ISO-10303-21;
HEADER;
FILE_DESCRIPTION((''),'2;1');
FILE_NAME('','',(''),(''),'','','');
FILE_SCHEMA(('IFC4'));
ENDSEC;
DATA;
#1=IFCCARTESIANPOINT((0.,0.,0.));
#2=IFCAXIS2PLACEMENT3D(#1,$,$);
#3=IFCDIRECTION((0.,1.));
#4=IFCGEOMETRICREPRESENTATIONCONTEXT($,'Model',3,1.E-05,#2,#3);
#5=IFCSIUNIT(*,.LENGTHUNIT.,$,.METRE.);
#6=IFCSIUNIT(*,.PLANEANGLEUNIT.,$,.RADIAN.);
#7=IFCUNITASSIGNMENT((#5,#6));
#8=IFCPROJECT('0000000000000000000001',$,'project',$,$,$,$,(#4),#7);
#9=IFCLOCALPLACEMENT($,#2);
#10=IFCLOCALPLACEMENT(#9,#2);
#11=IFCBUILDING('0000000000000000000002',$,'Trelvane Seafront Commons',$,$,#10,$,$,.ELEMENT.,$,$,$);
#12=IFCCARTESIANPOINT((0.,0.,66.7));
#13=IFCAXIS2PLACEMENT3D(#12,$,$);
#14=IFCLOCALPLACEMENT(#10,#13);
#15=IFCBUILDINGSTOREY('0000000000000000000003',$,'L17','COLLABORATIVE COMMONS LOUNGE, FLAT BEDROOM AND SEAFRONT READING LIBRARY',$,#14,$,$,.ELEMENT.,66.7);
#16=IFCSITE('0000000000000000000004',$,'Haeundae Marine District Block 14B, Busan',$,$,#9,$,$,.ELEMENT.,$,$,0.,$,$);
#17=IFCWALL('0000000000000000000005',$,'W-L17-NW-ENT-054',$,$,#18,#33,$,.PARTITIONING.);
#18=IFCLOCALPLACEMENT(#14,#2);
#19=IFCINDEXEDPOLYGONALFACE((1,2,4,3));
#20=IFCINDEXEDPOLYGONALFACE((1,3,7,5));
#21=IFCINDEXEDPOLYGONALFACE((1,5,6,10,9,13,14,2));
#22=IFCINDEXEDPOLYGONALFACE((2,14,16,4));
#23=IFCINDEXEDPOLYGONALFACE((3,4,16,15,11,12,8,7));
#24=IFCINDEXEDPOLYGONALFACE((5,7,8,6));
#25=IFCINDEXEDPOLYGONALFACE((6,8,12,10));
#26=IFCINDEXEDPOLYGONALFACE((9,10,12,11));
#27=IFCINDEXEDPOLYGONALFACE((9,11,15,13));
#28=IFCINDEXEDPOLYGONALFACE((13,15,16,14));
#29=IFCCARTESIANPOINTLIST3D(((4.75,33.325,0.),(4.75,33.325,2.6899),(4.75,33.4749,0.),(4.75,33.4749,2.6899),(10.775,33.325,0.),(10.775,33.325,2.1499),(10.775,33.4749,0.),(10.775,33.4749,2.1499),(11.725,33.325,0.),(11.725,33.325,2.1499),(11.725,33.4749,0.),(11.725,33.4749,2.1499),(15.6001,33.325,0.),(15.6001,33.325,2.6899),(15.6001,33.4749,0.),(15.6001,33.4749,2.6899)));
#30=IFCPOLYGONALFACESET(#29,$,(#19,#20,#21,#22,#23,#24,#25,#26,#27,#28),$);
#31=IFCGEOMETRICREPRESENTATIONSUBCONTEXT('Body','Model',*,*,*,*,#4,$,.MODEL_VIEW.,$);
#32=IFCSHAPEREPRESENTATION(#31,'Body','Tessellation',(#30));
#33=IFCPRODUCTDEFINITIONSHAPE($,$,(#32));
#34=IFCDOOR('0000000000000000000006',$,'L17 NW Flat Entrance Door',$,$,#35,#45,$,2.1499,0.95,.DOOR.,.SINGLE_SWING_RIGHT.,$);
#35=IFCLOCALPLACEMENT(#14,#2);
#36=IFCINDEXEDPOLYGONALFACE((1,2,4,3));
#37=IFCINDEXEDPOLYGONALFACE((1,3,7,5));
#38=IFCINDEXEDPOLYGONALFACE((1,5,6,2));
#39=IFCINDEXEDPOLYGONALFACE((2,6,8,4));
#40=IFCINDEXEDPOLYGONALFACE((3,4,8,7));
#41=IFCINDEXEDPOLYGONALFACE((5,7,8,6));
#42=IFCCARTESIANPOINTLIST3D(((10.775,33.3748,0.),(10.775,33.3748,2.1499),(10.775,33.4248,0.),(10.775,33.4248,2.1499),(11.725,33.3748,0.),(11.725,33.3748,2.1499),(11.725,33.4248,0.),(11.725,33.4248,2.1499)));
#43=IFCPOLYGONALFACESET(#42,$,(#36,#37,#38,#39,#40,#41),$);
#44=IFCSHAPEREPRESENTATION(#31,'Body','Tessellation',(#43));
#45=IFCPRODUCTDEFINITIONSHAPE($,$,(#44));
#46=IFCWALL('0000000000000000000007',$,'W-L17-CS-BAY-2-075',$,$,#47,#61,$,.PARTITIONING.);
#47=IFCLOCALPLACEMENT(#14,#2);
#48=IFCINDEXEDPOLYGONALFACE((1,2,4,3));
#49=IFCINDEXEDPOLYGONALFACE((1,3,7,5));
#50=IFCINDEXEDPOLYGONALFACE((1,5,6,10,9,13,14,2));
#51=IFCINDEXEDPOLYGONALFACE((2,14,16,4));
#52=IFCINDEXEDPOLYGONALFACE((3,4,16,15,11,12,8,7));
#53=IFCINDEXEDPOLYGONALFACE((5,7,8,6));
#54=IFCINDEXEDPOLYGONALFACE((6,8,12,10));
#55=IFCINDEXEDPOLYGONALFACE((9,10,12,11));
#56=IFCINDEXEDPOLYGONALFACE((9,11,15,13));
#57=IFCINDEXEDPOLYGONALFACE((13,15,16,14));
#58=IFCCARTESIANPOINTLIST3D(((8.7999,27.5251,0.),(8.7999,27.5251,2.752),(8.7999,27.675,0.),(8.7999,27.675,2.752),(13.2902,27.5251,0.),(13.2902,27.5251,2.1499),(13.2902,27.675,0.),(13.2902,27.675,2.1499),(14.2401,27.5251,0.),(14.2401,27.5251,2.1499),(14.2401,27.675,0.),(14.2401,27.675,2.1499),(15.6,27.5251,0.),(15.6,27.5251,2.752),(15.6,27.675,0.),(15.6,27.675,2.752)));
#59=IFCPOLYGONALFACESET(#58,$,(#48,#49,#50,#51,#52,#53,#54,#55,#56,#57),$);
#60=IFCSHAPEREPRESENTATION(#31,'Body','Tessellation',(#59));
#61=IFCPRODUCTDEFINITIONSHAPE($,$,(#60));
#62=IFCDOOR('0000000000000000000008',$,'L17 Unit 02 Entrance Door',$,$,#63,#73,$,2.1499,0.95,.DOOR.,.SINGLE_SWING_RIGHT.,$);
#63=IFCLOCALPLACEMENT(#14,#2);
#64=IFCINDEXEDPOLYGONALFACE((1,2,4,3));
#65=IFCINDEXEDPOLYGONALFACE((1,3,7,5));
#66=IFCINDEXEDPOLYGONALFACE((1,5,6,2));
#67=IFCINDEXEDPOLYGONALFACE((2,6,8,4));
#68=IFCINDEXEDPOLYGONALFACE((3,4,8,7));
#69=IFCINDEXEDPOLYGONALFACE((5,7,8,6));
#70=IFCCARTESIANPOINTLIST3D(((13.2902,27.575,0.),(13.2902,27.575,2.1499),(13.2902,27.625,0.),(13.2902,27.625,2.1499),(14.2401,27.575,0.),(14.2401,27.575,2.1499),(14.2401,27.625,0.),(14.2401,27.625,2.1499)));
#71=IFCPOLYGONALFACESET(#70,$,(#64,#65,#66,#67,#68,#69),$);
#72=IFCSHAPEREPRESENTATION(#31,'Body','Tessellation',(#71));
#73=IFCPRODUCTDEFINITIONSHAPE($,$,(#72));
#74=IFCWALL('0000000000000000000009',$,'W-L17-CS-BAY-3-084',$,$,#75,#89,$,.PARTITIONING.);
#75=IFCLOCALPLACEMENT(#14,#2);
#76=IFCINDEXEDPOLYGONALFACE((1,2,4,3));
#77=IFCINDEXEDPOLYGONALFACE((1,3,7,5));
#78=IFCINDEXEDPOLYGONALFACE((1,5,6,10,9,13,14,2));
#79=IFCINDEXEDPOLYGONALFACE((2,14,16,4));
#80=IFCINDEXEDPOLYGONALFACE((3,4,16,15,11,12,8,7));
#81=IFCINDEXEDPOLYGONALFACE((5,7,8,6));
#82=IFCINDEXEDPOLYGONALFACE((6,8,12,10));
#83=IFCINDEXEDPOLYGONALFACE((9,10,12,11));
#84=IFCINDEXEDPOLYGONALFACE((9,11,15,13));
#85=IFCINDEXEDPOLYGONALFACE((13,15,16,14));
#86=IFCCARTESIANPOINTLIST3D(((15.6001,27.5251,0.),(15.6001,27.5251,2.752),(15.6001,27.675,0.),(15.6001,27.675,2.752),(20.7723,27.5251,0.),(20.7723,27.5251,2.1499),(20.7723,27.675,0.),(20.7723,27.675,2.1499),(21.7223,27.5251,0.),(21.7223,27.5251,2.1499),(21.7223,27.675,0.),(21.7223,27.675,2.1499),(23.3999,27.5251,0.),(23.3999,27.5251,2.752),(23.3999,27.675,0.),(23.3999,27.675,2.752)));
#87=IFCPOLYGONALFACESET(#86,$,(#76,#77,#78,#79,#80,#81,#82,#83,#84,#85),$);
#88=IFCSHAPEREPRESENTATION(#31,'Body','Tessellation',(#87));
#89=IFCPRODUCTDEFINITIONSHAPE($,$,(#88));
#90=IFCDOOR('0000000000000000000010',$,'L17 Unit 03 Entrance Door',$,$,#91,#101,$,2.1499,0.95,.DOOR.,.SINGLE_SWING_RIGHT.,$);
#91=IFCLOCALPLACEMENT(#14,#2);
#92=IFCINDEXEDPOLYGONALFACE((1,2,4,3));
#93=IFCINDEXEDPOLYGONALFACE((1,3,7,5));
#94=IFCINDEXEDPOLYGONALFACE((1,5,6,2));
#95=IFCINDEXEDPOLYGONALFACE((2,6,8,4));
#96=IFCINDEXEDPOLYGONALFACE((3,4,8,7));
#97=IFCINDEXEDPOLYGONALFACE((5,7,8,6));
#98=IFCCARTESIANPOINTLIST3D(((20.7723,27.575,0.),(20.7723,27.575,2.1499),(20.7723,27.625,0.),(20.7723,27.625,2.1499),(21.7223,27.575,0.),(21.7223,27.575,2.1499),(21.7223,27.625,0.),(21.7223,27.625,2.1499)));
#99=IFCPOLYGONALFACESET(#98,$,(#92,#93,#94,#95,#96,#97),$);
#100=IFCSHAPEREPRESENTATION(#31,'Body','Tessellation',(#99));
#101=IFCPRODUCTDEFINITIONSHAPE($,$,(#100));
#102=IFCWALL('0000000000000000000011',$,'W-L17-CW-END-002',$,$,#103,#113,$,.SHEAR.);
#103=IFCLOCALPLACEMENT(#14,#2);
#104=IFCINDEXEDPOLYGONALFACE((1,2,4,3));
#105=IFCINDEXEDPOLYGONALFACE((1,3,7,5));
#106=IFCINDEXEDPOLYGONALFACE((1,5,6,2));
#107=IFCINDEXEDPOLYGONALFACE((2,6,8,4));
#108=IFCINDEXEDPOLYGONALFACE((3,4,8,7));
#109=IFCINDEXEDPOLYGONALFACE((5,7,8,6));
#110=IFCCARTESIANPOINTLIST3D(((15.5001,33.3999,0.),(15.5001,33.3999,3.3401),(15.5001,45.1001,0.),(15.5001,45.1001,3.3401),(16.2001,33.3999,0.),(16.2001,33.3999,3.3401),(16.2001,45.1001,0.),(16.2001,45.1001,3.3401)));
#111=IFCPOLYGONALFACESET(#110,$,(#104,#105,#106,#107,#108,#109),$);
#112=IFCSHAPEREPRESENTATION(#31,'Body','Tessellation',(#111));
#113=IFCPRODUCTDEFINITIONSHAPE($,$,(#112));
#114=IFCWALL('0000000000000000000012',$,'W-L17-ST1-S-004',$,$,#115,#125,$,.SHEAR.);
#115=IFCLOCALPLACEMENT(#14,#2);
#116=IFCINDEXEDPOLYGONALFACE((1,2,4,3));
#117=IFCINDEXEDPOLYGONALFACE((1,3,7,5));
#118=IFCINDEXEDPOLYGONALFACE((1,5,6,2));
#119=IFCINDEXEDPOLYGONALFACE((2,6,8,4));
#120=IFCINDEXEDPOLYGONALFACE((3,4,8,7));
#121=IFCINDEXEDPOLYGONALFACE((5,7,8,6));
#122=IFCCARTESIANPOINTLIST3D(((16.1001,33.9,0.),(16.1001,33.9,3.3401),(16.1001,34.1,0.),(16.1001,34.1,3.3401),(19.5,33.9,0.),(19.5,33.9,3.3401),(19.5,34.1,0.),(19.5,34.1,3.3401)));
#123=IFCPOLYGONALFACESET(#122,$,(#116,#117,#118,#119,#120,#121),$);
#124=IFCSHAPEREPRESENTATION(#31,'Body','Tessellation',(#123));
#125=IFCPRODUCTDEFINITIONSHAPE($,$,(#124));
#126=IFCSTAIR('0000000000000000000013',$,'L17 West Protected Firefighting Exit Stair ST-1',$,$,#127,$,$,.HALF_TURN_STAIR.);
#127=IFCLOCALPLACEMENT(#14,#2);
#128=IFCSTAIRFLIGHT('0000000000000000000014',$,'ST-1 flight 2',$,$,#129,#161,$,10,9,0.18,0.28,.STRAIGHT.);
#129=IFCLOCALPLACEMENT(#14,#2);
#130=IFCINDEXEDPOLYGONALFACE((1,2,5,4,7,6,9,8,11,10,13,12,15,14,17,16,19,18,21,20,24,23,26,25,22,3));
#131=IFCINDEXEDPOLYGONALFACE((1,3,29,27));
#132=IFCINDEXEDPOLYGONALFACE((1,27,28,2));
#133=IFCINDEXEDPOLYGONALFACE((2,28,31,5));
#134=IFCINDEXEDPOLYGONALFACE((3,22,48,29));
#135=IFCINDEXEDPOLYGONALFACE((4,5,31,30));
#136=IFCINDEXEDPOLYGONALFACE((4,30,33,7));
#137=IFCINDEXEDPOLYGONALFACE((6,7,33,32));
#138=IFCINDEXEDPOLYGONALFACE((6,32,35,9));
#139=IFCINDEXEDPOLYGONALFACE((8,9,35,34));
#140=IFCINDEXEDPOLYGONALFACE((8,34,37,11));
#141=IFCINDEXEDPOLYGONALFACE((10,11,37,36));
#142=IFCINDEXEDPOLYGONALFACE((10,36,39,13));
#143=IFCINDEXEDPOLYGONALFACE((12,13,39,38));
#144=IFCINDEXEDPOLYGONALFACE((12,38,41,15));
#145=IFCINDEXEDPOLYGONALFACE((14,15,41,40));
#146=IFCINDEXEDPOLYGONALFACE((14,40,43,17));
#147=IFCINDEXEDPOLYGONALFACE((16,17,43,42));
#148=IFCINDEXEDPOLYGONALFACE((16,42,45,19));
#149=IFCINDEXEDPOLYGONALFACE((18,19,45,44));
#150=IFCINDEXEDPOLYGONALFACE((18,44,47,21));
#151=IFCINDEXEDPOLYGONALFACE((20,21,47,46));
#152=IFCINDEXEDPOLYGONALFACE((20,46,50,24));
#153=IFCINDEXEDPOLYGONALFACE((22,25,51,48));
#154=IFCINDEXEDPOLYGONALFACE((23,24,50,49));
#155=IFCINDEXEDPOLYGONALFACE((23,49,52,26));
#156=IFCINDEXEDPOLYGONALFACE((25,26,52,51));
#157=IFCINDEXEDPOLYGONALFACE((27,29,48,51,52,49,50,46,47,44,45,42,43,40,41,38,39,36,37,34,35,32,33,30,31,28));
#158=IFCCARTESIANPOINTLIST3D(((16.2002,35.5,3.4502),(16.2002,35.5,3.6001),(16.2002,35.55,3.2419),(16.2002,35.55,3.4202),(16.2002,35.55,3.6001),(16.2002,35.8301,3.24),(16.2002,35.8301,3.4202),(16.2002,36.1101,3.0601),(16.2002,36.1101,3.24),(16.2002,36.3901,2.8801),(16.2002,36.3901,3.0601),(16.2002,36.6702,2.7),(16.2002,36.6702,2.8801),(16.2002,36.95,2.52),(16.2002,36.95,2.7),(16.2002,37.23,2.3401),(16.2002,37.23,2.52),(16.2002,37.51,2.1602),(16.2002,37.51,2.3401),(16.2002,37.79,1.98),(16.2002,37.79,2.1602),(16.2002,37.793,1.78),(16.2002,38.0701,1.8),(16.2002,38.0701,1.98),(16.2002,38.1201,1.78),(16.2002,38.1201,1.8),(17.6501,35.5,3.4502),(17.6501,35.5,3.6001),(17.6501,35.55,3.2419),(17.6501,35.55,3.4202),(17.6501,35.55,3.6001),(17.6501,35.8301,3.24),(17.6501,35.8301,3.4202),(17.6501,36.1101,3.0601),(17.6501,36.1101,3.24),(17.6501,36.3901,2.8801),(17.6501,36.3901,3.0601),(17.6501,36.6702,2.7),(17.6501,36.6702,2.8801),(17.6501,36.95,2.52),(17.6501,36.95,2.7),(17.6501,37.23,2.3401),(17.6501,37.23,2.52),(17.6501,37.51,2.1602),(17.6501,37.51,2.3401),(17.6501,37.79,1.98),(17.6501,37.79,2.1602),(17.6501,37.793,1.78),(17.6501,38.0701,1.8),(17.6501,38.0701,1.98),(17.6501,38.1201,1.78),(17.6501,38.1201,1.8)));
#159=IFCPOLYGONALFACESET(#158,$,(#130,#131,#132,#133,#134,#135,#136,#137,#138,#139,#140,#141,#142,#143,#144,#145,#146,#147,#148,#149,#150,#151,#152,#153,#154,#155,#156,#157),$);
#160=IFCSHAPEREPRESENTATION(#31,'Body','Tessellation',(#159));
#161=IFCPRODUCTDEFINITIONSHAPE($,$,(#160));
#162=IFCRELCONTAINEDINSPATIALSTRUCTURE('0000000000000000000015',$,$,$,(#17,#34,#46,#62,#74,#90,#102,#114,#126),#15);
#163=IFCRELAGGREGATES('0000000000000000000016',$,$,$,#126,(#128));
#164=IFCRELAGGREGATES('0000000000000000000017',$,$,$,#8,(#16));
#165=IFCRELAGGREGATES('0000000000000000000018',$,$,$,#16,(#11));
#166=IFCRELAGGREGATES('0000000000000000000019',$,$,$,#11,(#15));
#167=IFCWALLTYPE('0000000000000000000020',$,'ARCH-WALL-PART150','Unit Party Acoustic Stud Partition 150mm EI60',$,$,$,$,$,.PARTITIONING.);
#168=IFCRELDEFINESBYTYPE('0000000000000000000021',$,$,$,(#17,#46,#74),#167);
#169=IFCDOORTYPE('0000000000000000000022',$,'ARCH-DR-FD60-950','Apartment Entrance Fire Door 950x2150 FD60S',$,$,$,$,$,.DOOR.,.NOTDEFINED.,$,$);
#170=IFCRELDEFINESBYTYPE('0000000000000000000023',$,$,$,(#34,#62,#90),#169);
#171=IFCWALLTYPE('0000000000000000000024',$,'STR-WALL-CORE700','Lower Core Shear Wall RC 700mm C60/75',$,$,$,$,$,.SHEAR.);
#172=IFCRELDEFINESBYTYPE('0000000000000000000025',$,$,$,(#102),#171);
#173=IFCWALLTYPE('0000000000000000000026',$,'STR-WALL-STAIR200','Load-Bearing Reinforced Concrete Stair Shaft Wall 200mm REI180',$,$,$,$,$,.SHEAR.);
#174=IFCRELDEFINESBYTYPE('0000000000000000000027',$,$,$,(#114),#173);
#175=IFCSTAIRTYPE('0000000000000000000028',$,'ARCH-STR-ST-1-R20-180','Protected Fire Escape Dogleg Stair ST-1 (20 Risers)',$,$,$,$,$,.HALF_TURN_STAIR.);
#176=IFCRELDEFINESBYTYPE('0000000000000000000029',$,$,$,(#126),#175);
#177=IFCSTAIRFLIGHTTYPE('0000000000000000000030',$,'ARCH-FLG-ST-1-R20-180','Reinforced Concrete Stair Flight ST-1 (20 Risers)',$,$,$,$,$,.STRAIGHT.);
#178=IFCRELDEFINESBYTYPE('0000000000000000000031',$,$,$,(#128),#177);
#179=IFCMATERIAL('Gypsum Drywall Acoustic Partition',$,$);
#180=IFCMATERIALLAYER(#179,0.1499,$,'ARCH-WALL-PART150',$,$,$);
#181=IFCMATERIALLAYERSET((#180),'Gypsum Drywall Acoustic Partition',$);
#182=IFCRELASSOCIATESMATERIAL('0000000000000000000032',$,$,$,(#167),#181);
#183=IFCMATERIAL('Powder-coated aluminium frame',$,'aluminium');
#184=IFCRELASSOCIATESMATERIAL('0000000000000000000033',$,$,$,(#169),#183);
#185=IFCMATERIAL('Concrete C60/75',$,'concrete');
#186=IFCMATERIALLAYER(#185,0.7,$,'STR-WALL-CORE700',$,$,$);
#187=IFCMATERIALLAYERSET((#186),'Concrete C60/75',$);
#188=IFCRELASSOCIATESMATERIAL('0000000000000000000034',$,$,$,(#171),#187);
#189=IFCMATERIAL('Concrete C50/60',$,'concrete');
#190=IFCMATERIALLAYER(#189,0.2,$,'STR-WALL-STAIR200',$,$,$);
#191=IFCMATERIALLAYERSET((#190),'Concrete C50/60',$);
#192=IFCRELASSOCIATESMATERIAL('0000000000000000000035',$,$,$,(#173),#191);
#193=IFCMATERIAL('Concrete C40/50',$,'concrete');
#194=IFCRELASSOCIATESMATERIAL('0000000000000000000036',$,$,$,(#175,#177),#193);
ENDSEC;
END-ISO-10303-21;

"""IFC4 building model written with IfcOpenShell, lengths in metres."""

from ifc_helpers import new_model, si_unit, direction, frame, frame_2d, origin, place, context, subcontext, project, spatial, polyline, rectangle, outline, extrude, source, transform, mapped, material, layer, layer_set, type_object, element, fill, aggregate, save


model = new_model("IFC4")

# Units and contexts
model_context = context("Model", 3, precision=1e-05, world=origin(), true_north=direction((0.0, 1.0)))
body_context = subcontext(model_context, "Body", "Model", "MODEL_VIEW")
ifc_project = project(units=[si_unit("LENGTHUNIT", "METRE"), si_unit("PLANEANGLEUNIT", "RADIAN")], contexts=[model_context])

# Site, building, storey
site_placement = place(None, origin())
site = spatial("IfcSite", under=ifc_project, at=site_placement, Name="Haeundae Marine District Block 14B, Busan", CompositionType="ELEMENT", RefElevation=0.0)
building_placement = place(site_placement, origin())
building = spatial("IfcBuilding", under=site, at=building_placement, Name="Trelvane Seafront Commons", CompositionType="ELEMENT")
storey_placement = place(building_placement, frame((0.0, 0.0, 66.7)))
storey = spatial("IfcBuildingStorey", under=building, at=storey_placement, Name="L17", Description="COLLABORATIVE COMMONS LOUNGE, FLAT BEDROOM AND SEAFRONT READING LIBRARY", CompositionType="ELEMENT", Elevation=66.7)

# Shared definitions
ifc_material_1 = material(Name="Concrete C60/75", Category="concrete")

# Shared definitions
ifc_material_2 = material(Name="Gypsum Drywall Acoustic Partition")
shared_shape_1 = source(origin(), body_context, "Body", "SweptSolid", [
    extrude(rectangle(XDim=0.95, YDim=2.1499, at=frame_2d((0.4751, 1.075))), frame((0.0, 0.0249, 0.0), z_axis=(0.0, -1.0, 0.0), x_axis=(1.0, 0.0, 0.0)), (0.0, 0.0, 1.0), 0.05),
])

# Walls, openings, doors
ifc_layer_1 = layer(ifc_material_2, 0.1499, Name="ARCH-WALL-PART150")
ifc_layer_set_1 = layer_set([ifc_layer_1], Name="Gypsum Drywall Acoustic Partition")
wall_type_1 = type_object("IfcWallType", Name="ARCH-WALL-PART150", Description="Unit Party Acoustic Stud Partition 150mm EI60", PredefinedType="PARTITIONING", material=ifc_layer_set_1)
wall_1_placement = place(storey_placement, frame((4.75, 33.3999, 0.0), z_axis=(0.0, 0.0, 1.0), x_axis=(1.0, 0.0, 0.0)))
wall_1 = element("IfcWall", 1, at=wall_1_placement, inside=storey, type_object=wall_type_1, Name="W-L17-NW-ENT-054", PredefinedType="PARTITIONING", context=body_context, shape_type="SweptSolid", body=[
    extrude(rectangle(XDim=10.8501, YDim=0.1499, at=frame_2d((5.425, 0.0))), origin(), (0.0, 0.0, 1.0), 2.6899),
])
opening_1_placement = place(wall_1_placement, frame((6.0249, 0.0, 0.0)))
opening_1 = element("IfcOpeningElement", 2, at=opening_1_placement, cuts=wall_1, PredefinedType="OPENING", context=body_context, shape_type="SweptSolid", body=[
    extrude(rectangle(XDim=0.95, YDim=2.1499, at=frame_2d((0.4751, 1.075))), frame((0.0, 0.085, 0.0), z_axis=(0.0, -1.0, 0.0), x_axis=(1.0, 0.0, 0.0)), (0.0, 0.0, 1.0), 0.1699),
])
ifc_material_3 = material(Name="Powder-coated aluminium frame", Category="aluminium")
door_type_1 = type_object("IfcDoorType", Name="ARCH-DR-FD60-950", Description="Apartment Entrance Fire Door 950x2150 FD60S", OperationType="NOTDEFINED", PredefinedType="DOOR", material=ifc_material_3)
door_1_placement = place(opening_1_placement, origin())
door_1 = element("IfcDoor", 3, at=door_1_placement, inside=storey, type_object=door_type_1, Name="L17 NW Flat Entrance Door", OperationType="SINGLE_SWING_RIGHT", OverallHeight=2.1499, OverallWidth=0.95, PredefinedType="DOOR", context=body_context, shape_type="MappedRepresentation", body=[
    mapped(shared_shape_1, transform((0.0, 0.0, 0.0), x_axis=(1.0, 0.0, 0.0), y_axis=(0.0, 1.0, 0.0), z_axis=(0.0, 0.0, 1.0), scale=1.0)),
])
fill(opening_1, door_1)
wall_2_placement = place(storey_placement, frame((8.8, 27.6001, 0.0), z_axis=(0.0, 0.0, 1.0), x_axis=(1.0, 0.0, 0.0)))
wall_2 = element("IfcWall", 4, at=wall_2_placement, inside=storey, type_object=wall_type_1, Name="W-L17-CS-BAY-2-075", PredefinedType="PARTITIONING", context=body_context, shape_type="SweptSolid", body=[
    extrude(rectangle(XDim=6.8, YDim=0.1499, at=frame_2d((3.3999, 0.0))), origin(), (0.0, 0.0, 1.0), 2.752),
])
opening_2_placement = place(wall_2_placement, frame((4.49, 0.0, 0.0)))
opening_2 = element("IfcOpeningElement", 5, at=opening_2_placement, cuts=wall_2, PredefinedType="OPENING", context=body_context, shape_type="SweptSolid", body=[
    extrude(rectangle(XDim=0.95, YDim=2.1499, at=frame_2d((0.4751, 1.075))), frame((0.0, 0.085, 0.0), z_axis=(0.0, -1.0, 0.0), x_axis=(1.0, 0.0, 0.0)), (0.0, 0.0, 1.0), 0.1699),
])
door_2_placement = place(opening_2_placement, origin())
door_2 = element("IfcDoor", 6, at=door_2_placement, inside=storey, type_object=door_type_1, Name="L17 Unit 02 Entrance Door", OperationType="SINGLE_SWING_RIGHT", OverallHeight=2.1499, OverallWidth=0.95, PredefinedType="DOOR", context=body_context, shape_type="MappedRepresentation", body=[
    mapped(shared_shape_1, transform((0.0, 0.0, 0.0), x_axis=(1.0, 0.0, 0.0), y_axis=(0.0, 1.0, 0.0), z_axis=(0.0, 0.0, 1.0), scale=1.0)),
])
fill(opening_2, door_2)
wall_3_placement = place(storey_placement, frame((15.6001, 27.6001, 0.0), z_axis=(0.0, 0.0, 1.0), x_axis=(1.0, 0.0, 0.0)))
wall_3 = element("IfcWall", 7, at=wall_3_placement, inside=storey, type_object=wall_type_1, Name="W-L17-CS-BAY-3-084", PredefinedType="PARTITIONING", context=body_context, shape_type="SweptSolid", body=[
    extrude(rectangle(XDim=7.7998, YDim=0.1499, at=frame_2d((3.8999, 0.0))), origin(), (0.0, 0.0, 1.0), 2.752),
])
opening_3_placement = place(wall_3_placement, frame((5.1721, 0.0, 0.0)))
opening_3 = element("IfcOpeningElement", 8, at=opening_3_placement, cuts=wall_3, PredefinedType="OPENING", context=body_context, shape_type="SweptSolid", body=[
    extrude(rectangle(XDim=0.95, YDim=2.1499, at=frame_2d((0.4751, 1.075))), frame((0.0, 0.085, 0.0), z_axis=(0.0, -1.0, 0.0), x_axis=(1.0, 0.0, 0.0)), (0.0, 0.0, 1.0), 0.1699),
])
door_3_placement = place(opening_3_placement, origin())
door_3 = element("IfcDoor", 9, at=door_3_placement, inside=storey, type_object=door_type_1, Name="L17 Unit 03 Entrance Door", OperationType="SINGLE_SWING_RIGHT", OverallHeight=2.1499, OverallWidth=0.95, PredefinedType="DOOR", context=body_context, shape_type="MappedRepresentation", body=[
    mapped(shared_shape_1, transform((0.0, 0.0, 0.0), x_axis=(1.0, 0.0, 0.0), y_axis=(0.0, 1.0, 0.0), z_axis=(0.0, 0.0, 1.0), scale=1.0)),
])
fill(opening_3, door_3)

# Walls
ifc_layer_2 = layer(ifc_material_1, 0.7, Name="STR-WALL-CORE700")
ifc_layer_set_2 = layer_set([ifc_layer_2], Name="Concrete C60/75")
wall_type_2 = type_object("IfcWallType", Name="STR-WALL-CORE700", Description="Lower Core Shear Wall RC 700mm C60/75", PredefinedType="SHEAR", material=ifc_layer_set_2)
wall_4_placement = place(storey_placement, frame((15.8501, 33.3999, 0.0), z_axis=(0.0, 0.0, 1.0), x_axis=(0.0, 1.0, 0.0)))
element("IfcWall", 10, at=wall_4_placement, inside=storey, type_object=wall_type_2, Name="W-L17-CW-END-002", PredefinedType="SHEAR", context=body_context, shape_type="SweptSolid", body=[
    extrude(rectangle(XDim=11.7002, YDim=0.7, at=frame_2d((5.8501, 0.0))), origin(), (0.0, 0.0, 1.0), 3.3401),
])
ifc_material_4 = material(Name="Concrete C50/60", Category="concrete")
ifc_layer_3 = layer(ifc_material_4, 0.2, Name="STR-WALL-STAIR200")
ifc_layer_set_3 = layer_set([ifc_layer_3], Name="Concrete C50/60")
wall_type_3 = type_object("IfcWallType", Name="STR-WALL-STAIR200", Description="Load-Bearing Reinforced Concrete Stair Shaft Wall 200mm REI180", PredefinedType="SHEAR", material=ifc_layer_set_3)
wall_5_placement = place(storey_placement, frame((16.1001, 34.0, 0.0), z_axis=(0.0, 0.0, 1.0), x_axis=(1.0, 0.0, 0.0)))
element("IfcWall", 11, at=wall_5_placement, inside=storey, type_object=wall_type_3, Name="W-L17-ST1-S-004", PredefinedType="SHEAR", context=body_context, shape_type="SweptSolid", body=[
    extrude(rectangle(XDim=3.3999, YDim=0.2, at=frame_2d((1.7, 0.0))), origin(), (0.0, 0.0, 1.0), 3.3401),
])

# Stair, stair flight
ifc_material_5 = material(Name="Concrete C40/50", Category="concrete")
stair_type = type_object("IfcStairType", Name="ARCH-STR-ST-1-R20-180", Description="Protected Fire Escape Dogleg Stair ST-1 (20 Risers)", PredefinedType="HALF_TURN_STAIR", material=ifc_material_5)
stair_placement = place(storey_placement, origin())
stair = element("IfcStair", 12, at=stair_placement, inside=storey, type_object=stair_type, Name="L17 West Protected Firefighting Exit Stair ST-1", PredefinedType="HALF_TURN_STAIR")
stair_flight_type = type_object("IfcStairFlightType", Name="ARCH-FLG-ST-1-R20-180", Description="Reinforced Concrete Stair Flight ST-1 (20 Risers)", PredefinedType="STRAIGHT", material=ifc_material_5)
shared_shape_2 = source(origin(), body_context, "Body", "SweptSolid", [
    extrude(outline(polyline([(-0.05, -0.02), (-0.05, 0.0), (0.0, 0.0), (0.0, 0.1799), (0.28, 0.1799), (0.28, 0.3601), (0.5601, 0.3601), (0.5601, 0.54), (0.8401, 0.54), (0.8401, 0.72), (1.1201, 0.72), (1.1201, 0.8999), (1.3999, 0.8999), (1.3999, 1.0801), (1.6799, 1.0801), (1.6799, 1.26), (1.96, 1.26), (1.96, 1.4399), (2.24, 1.4399), (2.24, 1.6201), (2.52, 1.6201), (2.52, 1.8), (2.5701, 1.8), (2.5701, 1.6501), (2.52, 1.4419), (0.2771, -0.02), (-0.05, -0.02)])), frame((0.0, 0.7251, 0.0), z_axis=(0.0, -1.0, 0.0), x_axis=(1.0, 0.0, 0.0)), (0.0, 0.0, 1.0), 1.45),
])
stair_flight_placement = place(storey_placement, frame((16.925, 38.0701, 1.8), z_axis=(0.0, 0.0, 1.0), x_axis=(0.0, -1.0, 0.0)))
stair_flight = element("IfcStairFlight", 13, at=stair_flight_placement, type_object=stair_flight_type, Name="ST-1 flight 2", NumberOfRisers=10, NumberOfTreads=9, PredefinedType="STRAIGHT", RiserHeight=0.18, TreadLength=0.28, context=body_context, shape_type="MappedRepresentation", body=[
    mapped(shared_shape_2, transform((0.0, 0.0, 0.0), x_axis=(1.0, 0.0, 0.0), y_axis=(0.0, 1.0, 0.0), z_axis=(0.0, 0.0, 1.0), scale=1.0)),
])
aggregate(stair, [stair_flight])

save(model, "model.ifc")
